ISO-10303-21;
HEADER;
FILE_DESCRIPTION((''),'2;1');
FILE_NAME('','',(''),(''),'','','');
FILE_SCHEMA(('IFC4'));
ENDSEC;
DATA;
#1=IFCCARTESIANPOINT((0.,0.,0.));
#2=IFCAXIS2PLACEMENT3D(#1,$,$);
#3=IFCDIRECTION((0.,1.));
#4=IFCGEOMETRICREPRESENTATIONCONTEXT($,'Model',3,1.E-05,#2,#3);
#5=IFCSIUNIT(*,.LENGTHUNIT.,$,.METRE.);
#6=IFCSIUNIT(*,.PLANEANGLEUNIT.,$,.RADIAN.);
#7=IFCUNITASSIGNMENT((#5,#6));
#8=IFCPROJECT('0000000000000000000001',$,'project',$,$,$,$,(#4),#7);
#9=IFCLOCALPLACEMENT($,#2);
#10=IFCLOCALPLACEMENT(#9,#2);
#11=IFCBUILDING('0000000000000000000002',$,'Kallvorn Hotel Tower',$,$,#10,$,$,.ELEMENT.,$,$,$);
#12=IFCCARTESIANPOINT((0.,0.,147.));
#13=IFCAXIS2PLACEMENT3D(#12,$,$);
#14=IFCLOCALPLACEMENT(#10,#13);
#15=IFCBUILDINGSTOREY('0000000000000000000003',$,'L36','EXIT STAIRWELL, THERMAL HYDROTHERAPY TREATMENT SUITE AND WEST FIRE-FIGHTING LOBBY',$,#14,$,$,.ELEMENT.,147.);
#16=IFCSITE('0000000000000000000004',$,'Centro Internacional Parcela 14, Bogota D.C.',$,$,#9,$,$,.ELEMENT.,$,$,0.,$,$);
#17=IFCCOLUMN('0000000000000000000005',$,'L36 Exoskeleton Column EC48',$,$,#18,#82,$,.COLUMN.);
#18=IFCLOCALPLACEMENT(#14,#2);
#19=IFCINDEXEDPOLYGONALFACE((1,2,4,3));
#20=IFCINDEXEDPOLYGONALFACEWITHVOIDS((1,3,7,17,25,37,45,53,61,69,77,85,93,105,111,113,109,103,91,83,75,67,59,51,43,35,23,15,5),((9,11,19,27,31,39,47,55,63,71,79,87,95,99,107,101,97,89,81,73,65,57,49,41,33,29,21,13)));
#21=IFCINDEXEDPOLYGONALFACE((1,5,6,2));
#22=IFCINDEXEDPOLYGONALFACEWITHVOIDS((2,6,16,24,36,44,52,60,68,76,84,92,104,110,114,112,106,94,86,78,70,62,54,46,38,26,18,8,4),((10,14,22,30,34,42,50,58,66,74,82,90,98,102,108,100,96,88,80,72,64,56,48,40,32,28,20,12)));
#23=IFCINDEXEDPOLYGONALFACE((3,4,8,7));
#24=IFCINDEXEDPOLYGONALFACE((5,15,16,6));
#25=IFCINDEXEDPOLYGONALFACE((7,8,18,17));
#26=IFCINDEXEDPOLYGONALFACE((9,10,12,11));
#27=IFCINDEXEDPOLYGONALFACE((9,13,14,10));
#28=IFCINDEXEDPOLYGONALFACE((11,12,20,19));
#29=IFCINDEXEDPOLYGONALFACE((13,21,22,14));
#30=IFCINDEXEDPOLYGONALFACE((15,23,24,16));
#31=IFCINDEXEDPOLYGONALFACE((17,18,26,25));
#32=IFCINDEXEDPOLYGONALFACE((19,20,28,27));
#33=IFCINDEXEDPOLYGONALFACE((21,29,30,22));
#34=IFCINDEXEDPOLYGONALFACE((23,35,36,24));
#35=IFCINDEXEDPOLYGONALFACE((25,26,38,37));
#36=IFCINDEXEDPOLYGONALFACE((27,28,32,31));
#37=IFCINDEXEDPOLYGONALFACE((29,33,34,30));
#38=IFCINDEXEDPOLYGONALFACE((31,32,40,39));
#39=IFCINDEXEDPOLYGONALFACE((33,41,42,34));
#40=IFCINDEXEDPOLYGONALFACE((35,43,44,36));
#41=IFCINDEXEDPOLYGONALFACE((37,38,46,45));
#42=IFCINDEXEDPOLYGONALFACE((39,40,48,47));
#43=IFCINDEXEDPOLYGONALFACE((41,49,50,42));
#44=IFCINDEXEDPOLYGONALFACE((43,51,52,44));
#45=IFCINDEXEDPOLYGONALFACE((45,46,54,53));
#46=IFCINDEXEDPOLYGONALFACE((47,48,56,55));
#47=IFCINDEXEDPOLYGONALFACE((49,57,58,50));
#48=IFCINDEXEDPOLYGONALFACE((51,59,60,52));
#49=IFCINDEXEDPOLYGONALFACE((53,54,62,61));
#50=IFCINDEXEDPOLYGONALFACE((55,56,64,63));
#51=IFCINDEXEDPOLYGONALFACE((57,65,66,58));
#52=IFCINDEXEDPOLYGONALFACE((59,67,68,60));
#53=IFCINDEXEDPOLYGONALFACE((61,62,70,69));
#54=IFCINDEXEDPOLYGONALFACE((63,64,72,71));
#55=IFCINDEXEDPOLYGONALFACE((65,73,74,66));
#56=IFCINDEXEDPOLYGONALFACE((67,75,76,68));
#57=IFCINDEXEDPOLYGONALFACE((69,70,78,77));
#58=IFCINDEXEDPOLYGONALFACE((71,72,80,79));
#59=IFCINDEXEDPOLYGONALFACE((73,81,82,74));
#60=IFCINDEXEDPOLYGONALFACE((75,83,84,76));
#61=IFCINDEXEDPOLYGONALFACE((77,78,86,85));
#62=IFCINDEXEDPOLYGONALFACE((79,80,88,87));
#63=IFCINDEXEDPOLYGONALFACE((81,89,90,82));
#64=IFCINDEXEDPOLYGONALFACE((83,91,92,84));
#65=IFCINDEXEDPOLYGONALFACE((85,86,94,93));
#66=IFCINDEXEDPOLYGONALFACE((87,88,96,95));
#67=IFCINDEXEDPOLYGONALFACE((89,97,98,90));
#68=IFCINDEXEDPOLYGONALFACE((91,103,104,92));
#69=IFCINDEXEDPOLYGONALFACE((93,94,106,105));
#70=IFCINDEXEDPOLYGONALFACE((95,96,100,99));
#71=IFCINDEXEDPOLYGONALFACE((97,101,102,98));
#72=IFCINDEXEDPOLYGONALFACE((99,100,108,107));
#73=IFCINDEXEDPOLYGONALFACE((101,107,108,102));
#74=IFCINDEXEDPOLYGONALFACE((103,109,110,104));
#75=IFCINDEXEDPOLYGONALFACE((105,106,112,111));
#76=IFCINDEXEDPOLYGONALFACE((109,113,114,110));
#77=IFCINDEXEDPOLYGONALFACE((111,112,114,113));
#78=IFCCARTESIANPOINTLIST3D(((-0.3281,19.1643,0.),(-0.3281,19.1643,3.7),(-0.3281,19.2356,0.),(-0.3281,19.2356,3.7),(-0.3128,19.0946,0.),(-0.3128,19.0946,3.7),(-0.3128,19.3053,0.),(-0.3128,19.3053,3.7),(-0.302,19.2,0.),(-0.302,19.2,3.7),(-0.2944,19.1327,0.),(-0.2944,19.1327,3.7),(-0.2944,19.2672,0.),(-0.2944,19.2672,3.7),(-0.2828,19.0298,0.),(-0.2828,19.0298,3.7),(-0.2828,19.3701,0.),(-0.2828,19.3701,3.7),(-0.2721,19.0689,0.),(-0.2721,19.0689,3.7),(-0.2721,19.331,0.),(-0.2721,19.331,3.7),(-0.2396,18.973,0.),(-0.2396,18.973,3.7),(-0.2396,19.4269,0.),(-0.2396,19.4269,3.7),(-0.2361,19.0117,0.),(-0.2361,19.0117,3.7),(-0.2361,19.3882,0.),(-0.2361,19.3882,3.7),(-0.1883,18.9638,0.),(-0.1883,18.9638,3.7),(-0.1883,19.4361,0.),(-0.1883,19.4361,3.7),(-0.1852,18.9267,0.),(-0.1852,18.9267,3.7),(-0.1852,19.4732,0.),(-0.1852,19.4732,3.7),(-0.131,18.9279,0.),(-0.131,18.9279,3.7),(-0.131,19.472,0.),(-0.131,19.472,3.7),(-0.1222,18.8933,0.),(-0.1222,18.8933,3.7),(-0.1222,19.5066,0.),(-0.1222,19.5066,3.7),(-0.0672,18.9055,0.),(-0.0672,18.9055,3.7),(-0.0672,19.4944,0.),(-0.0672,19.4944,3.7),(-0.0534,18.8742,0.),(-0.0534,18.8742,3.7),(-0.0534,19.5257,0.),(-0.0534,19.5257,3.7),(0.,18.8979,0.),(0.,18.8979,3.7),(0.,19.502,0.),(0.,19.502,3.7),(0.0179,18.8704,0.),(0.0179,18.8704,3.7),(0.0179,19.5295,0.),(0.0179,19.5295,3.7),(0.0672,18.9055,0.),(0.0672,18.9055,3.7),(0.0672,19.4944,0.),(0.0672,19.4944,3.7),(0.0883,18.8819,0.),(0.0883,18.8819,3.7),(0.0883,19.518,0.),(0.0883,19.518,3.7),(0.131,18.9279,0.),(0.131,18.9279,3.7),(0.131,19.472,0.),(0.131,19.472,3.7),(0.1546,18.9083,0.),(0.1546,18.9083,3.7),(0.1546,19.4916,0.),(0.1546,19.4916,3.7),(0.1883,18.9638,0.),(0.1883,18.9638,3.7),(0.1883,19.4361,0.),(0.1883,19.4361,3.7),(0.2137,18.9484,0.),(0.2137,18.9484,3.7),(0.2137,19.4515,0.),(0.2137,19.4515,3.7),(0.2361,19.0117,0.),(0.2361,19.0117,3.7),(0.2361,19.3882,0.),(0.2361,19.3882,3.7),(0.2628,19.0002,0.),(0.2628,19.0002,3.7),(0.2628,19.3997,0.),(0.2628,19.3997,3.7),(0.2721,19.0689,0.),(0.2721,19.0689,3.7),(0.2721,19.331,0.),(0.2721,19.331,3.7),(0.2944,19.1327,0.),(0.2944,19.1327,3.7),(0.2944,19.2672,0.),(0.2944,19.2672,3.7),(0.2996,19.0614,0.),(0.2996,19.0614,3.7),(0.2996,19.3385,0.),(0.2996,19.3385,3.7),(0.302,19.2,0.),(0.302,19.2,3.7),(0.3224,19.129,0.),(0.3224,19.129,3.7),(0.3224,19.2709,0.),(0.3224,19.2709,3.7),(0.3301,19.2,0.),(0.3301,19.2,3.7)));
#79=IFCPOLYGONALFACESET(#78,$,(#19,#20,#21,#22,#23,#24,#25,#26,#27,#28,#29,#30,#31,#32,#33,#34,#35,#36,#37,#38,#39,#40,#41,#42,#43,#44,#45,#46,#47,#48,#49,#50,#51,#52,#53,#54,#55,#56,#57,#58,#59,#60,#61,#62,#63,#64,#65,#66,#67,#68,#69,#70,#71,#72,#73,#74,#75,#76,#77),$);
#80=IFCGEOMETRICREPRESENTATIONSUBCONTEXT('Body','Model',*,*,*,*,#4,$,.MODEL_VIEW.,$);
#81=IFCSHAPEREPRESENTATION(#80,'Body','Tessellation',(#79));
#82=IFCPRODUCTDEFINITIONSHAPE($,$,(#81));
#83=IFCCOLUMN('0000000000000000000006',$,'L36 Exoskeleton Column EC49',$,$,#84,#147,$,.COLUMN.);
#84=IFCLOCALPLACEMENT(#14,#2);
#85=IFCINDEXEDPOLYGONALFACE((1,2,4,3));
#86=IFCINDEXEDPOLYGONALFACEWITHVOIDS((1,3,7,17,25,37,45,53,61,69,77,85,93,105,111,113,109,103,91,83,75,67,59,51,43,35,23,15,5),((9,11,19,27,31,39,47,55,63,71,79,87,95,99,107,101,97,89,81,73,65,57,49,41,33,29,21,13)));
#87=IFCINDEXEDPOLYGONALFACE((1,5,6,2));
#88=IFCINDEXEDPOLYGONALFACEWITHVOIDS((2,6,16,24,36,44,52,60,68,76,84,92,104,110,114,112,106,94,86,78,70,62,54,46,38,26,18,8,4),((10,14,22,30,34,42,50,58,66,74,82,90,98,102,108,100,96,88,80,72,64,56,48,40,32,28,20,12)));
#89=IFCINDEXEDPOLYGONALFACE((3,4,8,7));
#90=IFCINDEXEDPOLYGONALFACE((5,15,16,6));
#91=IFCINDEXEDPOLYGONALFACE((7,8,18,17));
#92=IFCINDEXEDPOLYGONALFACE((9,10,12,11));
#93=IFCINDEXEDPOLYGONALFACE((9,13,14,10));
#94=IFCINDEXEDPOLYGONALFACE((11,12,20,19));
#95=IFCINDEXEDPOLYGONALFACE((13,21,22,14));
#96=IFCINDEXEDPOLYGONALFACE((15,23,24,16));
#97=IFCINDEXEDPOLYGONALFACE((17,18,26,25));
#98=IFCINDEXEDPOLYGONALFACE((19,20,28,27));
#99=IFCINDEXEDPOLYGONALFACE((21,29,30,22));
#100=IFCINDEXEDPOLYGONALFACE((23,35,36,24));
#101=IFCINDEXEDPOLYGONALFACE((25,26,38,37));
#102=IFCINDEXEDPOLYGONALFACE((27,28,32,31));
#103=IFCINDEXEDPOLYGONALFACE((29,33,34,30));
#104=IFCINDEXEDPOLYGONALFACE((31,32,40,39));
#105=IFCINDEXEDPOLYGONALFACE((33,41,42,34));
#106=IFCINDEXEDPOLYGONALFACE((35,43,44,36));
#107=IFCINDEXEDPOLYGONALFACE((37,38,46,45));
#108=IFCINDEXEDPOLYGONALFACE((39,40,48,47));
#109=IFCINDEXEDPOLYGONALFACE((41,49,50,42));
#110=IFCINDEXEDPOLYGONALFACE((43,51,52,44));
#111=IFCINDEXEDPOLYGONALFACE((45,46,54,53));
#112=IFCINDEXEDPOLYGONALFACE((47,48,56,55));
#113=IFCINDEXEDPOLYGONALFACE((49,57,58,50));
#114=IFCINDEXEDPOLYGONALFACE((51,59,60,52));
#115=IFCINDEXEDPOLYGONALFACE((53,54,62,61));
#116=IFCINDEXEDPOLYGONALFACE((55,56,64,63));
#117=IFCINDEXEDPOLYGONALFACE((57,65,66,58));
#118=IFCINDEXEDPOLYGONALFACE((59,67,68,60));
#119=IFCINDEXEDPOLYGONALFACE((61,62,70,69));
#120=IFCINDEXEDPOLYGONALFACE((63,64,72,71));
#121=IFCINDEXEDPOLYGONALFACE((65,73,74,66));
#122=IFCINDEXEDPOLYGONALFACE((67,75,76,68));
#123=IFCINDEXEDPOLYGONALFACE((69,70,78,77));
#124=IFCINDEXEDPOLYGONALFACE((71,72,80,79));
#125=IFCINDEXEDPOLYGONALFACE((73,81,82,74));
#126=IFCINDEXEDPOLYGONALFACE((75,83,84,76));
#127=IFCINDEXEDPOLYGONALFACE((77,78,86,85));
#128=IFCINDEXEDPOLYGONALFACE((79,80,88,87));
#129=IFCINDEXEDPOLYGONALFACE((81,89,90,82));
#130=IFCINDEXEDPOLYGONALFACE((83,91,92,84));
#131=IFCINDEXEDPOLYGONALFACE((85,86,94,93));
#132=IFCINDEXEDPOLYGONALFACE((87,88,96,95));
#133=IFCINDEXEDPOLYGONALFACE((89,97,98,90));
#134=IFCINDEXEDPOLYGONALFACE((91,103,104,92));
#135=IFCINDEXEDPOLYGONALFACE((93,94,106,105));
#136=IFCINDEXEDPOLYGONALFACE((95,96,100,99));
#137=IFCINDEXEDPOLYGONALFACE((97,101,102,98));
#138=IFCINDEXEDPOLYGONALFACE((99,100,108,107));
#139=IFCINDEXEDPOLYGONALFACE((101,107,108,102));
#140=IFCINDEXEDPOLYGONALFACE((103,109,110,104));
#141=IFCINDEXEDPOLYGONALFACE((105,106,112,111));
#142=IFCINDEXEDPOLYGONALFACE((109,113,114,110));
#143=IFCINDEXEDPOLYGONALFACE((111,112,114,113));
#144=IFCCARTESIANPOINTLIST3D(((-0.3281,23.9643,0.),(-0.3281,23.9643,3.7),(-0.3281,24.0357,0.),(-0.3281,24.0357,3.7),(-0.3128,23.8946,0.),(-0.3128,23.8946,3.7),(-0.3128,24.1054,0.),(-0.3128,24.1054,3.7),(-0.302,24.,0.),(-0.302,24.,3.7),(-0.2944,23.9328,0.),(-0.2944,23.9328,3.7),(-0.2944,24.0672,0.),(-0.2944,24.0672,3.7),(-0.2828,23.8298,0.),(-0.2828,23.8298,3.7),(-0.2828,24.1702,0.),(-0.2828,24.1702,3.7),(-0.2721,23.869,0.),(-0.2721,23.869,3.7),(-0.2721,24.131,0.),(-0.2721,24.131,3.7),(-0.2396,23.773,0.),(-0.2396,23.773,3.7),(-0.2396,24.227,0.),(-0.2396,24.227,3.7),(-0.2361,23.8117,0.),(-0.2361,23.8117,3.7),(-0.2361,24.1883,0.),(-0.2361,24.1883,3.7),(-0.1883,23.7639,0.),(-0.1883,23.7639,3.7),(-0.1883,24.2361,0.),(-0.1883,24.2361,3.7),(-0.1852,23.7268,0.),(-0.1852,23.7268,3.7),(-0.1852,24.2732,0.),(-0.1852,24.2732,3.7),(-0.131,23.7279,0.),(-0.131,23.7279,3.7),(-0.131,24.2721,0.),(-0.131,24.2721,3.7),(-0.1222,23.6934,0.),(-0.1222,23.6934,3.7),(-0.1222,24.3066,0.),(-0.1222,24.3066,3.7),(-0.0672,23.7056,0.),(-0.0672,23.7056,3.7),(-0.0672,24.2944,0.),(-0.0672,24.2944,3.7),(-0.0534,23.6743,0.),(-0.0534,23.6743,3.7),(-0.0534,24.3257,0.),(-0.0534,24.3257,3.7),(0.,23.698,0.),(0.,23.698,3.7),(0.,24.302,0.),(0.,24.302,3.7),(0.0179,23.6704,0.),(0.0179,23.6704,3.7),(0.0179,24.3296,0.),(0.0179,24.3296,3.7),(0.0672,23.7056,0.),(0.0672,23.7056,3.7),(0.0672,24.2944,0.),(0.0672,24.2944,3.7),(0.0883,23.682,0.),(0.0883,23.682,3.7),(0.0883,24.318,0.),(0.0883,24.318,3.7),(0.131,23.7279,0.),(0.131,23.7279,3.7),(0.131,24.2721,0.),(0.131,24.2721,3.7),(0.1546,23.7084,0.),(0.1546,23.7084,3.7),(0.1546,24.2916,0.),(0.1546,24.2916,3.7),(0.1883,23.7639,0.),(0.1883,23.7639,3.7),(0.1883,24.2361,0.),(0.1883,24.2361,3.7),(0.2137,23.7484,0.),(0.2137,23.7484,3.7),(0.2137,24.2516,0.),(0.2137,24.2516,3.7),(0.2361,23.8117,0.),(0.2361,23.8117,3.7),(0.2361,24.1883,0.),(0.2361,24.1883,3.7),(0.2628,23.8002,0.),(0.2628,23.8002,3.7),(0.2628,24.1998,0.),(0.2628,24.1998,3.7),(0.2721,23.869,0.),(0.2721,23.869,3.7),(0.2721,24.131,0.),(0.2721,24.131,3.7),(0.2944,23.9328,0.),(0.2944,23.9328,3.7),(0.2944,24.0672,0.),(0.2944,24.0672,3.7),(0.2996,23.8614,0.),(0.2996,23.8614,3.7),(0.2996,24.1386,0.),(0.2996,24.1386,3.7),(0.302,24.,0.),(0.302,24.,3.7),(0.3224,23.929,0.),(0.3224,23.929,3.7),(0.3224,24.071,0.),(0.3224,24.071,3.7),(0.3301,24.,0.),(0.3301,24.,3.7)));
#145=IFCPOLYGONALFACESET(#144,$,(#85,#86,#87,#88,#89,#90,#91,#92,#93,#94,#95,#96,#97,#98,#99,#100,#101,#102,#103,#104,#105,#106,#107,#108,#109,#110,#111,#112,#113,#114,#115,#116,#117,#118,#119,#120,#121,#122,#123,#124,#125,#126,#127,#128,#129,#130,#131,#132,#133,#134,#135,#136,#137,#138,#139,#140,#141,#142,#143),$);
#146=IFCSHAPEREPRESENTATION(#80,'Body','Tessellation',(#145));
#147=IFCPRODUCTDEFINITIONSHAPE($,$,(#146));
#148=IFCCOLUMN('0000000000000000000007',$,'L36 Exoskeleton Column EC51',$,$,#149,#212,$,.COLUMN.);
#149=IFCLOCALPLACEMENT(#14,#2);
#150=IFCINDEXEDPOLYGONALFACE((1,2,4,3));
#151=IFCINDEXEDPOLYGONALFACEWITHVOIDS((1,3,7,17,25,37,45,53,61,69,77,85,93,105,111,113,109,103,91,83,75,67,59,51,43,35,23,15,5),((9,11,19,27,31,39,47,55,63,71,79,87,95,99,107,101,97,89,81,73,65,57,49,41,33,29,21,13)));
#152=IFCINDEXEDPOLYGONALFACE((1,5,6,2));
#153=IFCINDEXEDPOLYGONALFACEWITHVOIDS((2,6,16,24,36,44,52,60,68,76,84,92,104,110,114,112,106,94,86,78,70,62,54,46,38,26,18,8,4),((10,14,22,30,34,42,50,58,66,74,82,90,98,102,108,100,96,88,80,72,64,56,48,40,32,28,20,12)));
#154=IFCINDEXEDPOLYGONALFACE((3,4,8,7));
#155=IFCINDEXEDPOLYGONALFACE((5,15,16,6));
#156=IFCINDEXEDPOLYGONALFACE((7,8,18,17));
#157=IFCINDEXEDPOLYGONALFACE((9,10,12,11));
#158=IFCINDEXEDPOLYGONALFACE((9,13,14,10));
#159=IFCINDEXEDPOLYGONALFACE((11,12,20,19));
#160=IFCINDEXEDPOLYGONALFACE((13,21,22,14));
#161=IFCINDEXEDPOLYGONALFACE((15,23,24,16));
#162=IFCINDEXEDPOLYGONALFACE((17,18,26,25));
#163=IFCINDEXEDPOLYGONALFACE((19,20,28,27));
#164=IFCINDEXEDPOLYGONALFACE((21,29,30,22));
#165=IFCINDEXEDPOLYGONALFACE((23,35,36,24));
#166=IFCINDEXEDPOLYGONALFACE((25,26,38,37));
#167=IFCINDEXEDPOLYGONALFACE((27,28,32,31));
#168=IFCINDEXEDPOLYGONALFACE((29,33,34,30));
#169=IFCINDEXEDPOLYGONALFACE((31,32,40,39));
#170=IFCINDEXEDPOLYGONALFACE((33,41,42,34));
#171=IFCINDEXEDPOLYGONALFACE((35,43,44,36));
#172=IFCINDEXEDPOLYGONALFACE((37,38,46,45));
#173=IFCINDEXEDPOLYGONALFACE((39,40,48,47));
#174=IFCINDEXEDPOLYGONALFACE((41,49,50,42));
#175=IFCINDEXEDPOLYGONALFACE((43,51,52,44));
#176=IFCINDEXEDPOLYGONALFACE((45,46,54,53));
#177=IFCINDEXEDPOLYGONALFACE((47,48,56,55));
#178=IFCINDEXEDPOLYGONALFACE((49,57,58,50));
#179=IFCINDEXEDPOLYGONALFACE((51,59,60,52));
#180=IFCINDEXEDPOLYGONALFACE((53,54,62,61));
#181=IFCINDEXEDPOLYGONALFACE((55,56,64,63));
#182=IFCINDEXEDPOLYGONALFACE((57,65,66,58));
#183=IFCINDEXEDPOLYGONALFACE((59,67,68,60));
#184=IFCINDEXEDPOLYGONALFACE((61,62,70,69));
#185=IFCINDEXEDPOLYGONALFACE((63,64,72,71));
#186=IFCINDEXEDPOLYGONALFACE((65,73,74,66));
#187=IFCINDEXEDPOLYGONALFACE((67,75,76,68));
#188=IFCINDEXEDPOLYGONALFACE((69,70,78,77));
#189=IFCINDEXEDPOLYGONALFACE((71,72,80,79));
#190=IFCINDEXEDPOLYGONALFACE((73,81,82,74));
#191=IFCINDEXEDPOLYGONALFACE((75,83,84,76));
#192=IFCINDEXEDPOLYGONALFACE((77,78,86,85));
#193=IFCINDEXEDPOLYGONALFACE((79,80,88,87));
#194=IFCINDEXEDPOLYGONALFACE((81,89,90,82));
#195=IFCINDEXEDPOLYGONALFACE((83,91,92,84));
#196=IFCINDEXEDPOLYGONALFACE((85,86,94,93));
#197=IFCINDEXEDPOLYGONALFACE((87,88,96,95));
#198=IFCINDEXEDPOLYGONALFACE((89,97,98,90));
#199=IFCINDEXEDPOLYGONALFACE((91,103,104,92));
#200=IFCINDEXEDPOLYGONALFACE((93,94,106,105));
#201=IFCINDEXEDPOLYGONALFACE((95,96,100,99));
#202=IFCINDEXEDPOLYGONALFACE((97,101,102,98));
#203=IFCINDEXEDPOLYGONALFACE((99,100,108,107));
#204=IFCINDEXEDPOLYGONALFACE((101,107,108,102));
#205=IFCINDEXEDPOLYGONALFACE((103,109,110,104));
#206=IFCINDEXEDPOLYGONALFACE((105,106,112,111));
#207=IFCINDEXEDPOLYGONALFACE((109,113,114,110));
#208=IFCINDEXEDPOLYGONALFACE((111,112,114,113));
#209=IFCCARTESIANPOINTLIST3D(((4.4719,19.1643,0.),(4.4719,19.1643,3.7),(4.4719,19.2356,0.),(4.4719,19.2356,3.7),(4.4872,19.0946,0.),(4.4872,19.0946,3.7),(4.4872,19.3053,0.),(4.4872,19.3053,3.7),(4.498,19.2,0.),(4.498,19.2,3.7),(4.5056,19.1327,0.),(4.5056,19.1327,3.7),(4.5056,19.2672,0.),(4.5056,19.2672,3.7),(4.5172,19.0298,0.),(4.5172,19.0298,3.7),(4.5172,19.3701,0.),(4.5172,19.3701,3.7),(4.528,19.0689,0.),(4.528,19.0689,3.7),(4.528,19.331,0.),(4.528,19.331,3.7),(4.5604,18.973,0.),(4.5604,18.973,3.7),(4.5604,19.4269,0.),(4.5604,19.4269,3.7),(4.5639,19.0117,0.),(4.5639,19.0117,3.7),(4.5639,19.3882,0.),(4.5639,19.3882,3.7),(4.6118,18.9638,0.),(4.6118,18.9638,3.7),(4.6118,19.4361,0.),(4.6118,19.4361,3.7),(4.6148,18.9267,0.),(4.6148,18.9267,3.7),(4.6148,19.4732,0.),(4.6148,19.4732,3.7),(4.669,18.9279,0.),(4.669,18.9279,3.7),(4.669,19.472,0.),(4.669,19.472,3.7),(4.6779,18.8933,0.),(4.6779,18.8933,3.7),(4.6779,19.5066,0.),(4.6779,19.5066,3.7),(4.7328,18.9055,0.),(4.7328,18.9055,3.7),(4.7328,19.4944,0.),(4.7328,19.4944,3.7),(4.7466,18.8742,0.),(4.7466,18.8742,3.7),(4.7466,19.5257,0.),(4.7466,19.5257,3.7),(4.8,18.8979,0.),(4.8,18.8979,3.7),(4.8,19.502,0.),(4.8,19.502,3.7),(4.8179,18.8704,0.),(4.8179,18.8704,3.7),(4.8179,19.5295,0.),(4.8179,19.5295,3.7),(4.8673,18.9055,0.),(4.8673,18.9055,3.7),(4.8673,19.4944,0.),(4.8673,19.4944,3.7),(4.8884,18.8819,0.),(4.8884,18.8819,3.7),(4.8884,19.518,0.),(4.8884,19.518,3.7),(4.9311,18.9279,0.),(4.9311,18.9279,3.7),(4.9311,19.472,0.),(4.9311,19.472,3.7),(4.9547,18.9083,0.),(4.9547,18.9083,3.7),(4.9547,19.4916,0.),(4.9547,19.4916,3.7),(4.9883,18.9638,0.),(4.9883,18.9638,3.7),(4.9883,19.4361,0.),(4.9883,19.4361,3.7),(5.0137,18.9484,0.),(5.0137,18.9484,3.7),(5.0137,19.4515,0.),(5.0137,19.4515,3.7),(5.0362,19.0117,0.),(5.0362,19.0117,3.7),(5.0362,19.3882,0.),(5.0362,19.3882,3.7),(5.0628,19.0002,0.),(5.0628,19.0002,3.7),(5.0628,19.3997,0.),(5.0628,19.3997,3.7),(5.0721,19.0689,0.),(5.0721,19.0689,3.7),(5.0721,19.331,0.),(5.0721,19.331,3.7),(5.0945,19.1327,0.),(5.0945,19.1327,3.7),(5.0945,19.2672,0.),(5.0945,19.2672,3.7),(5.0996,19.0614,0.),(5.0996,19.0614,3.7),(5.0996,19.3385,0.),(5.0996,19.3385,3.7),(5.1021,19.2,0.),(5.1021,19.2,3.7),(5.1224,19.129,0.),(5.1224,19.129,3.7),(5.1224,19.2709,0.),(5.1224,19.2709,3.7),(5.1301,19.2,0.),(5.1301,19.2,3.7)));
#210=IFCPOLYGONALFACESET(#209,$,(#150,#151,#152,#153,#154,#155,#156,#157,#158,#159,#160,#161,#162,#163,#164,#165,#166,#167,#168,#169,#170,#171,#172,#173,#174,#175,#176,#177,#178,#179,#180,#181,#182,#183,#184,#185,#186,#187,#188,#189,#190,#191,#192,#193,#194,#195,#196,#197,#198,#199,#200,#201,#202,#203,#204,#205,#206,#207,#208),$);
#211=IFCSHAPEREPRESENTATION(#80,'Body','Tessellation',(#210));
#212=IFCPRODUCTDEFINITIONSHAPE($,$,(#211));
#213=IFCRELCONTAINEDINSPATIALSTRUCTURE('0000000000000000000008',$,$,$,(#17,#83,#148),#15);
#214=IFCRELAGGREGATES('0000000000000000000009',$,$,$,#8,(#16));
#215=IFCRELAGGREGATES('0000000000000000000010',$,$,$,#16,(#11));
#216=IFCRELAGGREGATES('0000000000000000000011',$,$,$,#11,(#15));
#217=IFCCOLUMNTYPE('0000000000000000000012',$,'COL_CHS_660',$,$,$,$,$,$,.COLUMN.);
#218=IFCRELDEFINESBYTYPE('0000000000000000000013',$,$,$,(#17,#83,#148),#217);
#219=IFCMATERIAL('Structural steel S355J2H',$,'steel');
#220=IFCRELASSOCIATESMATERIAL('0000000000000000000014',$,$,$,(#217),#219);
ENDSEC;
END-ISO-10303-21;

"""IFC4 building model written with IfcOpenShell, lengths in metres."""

from ifc_helpers import new_model, si_unit, direction, frame, origin, origin_2d, place, context, subcontext, project, spatial, hollow_circle, extrude, material, material_profile, profile_set, type_object, element, save


model = new_model("IFC4")

# Units and contexts
model_context = context("Model", 3, precision=1e-05, world=origin(), true_north=direction((0.0, 1.0)))
body_context = subcontext(model_context, "Body", "Model", "MODEL_VIEW")
ifc_project = project(units=[si_unit("LENGTHUNIT", "METRE"), si_unit("PLANEANGLEUNIT", "RADIAN")], contexts=[model_context])

# Site, building, storey
site_placement = place(None, origin())
site = spatial("IfcSite", under=ifc_project, at=site_placement, Name="Centro Internacional Parcela 14, Bogota D.C.", CompositionType="ELEMENT", RefElevation=0.0)
building_placement = place(site_placement, origin())
building = spatial("IfcBuilding", under=site, at=building_placement, Name="Kallvorn Hotel Tower", CompositionType="ELEMENT")
storey_placement = place(building_placement, frame((0.0, 0.0, 147.0)))
storey = spatial("IfcBuildingStorey", under=building, at=storey_placement, Name="L36", Description="EXIT STAIRWELL, THERMAL HYDROTHERAPY TREATMENT SUITE AND WEST FIRE-FIGHTING LOBBY", CompositionType="ELEMENT", Elevation=147.0)

# Columns
ifc_material_1 = material(Name="Structural steel S355J2H", Category="steel")
ifc_material_profile_1 = material_profile(ifc_material_1, hollow_circle(Radius=0.3301, WallThickness=0.0281, at=origin_2d()), Name="CHS 660x28")
ifc_profile_set_1 = profile_set([ifc_material_profile_1], Name="Structural steel S355J2H")
column_type_1 = type_object("IfcColumnType", Name="COL_CHS_660", PredefinedType="COLUMN", material=ifc_profile_set_1)
for number, where, z_axis, x_axis, name in (
    (1, (0.0, 19.2, 0.0), (0.0, 0.0, 1.0), (1.0, 0.0, 0.0), "L36 Exoskeleton Column EC48"),
    (2, (0.0, 24.0, 0.0), (0.0, 0.0, 1.0), (1.0, 0.0, 0.0), "L36 Exoskeleton Column EC49"),
    (3, (4.8, 19.2, 0.0), (0.0, 0.0, 1.0), (1.0, 0.0, 0.0), "L36 Exoskeleton Column EC51"),
):
    element("IfcColumn", number, at=place(storey_placement, frame(where, z_axis=z_axis, x_axis=x_axis)), inside=storey, type_object=column_type_1, Name=name, PredefinedType="COLUMN", context=body_context, shape_type="SweptSolid", body=[
        extrude(hollow_circle(Radius=0.3301, WallThickness=0.0281, at=origin_2d()), origin(), (0.0, 0.0, 1.0), 3.7),
    ])

save(model, "model.ifc")
